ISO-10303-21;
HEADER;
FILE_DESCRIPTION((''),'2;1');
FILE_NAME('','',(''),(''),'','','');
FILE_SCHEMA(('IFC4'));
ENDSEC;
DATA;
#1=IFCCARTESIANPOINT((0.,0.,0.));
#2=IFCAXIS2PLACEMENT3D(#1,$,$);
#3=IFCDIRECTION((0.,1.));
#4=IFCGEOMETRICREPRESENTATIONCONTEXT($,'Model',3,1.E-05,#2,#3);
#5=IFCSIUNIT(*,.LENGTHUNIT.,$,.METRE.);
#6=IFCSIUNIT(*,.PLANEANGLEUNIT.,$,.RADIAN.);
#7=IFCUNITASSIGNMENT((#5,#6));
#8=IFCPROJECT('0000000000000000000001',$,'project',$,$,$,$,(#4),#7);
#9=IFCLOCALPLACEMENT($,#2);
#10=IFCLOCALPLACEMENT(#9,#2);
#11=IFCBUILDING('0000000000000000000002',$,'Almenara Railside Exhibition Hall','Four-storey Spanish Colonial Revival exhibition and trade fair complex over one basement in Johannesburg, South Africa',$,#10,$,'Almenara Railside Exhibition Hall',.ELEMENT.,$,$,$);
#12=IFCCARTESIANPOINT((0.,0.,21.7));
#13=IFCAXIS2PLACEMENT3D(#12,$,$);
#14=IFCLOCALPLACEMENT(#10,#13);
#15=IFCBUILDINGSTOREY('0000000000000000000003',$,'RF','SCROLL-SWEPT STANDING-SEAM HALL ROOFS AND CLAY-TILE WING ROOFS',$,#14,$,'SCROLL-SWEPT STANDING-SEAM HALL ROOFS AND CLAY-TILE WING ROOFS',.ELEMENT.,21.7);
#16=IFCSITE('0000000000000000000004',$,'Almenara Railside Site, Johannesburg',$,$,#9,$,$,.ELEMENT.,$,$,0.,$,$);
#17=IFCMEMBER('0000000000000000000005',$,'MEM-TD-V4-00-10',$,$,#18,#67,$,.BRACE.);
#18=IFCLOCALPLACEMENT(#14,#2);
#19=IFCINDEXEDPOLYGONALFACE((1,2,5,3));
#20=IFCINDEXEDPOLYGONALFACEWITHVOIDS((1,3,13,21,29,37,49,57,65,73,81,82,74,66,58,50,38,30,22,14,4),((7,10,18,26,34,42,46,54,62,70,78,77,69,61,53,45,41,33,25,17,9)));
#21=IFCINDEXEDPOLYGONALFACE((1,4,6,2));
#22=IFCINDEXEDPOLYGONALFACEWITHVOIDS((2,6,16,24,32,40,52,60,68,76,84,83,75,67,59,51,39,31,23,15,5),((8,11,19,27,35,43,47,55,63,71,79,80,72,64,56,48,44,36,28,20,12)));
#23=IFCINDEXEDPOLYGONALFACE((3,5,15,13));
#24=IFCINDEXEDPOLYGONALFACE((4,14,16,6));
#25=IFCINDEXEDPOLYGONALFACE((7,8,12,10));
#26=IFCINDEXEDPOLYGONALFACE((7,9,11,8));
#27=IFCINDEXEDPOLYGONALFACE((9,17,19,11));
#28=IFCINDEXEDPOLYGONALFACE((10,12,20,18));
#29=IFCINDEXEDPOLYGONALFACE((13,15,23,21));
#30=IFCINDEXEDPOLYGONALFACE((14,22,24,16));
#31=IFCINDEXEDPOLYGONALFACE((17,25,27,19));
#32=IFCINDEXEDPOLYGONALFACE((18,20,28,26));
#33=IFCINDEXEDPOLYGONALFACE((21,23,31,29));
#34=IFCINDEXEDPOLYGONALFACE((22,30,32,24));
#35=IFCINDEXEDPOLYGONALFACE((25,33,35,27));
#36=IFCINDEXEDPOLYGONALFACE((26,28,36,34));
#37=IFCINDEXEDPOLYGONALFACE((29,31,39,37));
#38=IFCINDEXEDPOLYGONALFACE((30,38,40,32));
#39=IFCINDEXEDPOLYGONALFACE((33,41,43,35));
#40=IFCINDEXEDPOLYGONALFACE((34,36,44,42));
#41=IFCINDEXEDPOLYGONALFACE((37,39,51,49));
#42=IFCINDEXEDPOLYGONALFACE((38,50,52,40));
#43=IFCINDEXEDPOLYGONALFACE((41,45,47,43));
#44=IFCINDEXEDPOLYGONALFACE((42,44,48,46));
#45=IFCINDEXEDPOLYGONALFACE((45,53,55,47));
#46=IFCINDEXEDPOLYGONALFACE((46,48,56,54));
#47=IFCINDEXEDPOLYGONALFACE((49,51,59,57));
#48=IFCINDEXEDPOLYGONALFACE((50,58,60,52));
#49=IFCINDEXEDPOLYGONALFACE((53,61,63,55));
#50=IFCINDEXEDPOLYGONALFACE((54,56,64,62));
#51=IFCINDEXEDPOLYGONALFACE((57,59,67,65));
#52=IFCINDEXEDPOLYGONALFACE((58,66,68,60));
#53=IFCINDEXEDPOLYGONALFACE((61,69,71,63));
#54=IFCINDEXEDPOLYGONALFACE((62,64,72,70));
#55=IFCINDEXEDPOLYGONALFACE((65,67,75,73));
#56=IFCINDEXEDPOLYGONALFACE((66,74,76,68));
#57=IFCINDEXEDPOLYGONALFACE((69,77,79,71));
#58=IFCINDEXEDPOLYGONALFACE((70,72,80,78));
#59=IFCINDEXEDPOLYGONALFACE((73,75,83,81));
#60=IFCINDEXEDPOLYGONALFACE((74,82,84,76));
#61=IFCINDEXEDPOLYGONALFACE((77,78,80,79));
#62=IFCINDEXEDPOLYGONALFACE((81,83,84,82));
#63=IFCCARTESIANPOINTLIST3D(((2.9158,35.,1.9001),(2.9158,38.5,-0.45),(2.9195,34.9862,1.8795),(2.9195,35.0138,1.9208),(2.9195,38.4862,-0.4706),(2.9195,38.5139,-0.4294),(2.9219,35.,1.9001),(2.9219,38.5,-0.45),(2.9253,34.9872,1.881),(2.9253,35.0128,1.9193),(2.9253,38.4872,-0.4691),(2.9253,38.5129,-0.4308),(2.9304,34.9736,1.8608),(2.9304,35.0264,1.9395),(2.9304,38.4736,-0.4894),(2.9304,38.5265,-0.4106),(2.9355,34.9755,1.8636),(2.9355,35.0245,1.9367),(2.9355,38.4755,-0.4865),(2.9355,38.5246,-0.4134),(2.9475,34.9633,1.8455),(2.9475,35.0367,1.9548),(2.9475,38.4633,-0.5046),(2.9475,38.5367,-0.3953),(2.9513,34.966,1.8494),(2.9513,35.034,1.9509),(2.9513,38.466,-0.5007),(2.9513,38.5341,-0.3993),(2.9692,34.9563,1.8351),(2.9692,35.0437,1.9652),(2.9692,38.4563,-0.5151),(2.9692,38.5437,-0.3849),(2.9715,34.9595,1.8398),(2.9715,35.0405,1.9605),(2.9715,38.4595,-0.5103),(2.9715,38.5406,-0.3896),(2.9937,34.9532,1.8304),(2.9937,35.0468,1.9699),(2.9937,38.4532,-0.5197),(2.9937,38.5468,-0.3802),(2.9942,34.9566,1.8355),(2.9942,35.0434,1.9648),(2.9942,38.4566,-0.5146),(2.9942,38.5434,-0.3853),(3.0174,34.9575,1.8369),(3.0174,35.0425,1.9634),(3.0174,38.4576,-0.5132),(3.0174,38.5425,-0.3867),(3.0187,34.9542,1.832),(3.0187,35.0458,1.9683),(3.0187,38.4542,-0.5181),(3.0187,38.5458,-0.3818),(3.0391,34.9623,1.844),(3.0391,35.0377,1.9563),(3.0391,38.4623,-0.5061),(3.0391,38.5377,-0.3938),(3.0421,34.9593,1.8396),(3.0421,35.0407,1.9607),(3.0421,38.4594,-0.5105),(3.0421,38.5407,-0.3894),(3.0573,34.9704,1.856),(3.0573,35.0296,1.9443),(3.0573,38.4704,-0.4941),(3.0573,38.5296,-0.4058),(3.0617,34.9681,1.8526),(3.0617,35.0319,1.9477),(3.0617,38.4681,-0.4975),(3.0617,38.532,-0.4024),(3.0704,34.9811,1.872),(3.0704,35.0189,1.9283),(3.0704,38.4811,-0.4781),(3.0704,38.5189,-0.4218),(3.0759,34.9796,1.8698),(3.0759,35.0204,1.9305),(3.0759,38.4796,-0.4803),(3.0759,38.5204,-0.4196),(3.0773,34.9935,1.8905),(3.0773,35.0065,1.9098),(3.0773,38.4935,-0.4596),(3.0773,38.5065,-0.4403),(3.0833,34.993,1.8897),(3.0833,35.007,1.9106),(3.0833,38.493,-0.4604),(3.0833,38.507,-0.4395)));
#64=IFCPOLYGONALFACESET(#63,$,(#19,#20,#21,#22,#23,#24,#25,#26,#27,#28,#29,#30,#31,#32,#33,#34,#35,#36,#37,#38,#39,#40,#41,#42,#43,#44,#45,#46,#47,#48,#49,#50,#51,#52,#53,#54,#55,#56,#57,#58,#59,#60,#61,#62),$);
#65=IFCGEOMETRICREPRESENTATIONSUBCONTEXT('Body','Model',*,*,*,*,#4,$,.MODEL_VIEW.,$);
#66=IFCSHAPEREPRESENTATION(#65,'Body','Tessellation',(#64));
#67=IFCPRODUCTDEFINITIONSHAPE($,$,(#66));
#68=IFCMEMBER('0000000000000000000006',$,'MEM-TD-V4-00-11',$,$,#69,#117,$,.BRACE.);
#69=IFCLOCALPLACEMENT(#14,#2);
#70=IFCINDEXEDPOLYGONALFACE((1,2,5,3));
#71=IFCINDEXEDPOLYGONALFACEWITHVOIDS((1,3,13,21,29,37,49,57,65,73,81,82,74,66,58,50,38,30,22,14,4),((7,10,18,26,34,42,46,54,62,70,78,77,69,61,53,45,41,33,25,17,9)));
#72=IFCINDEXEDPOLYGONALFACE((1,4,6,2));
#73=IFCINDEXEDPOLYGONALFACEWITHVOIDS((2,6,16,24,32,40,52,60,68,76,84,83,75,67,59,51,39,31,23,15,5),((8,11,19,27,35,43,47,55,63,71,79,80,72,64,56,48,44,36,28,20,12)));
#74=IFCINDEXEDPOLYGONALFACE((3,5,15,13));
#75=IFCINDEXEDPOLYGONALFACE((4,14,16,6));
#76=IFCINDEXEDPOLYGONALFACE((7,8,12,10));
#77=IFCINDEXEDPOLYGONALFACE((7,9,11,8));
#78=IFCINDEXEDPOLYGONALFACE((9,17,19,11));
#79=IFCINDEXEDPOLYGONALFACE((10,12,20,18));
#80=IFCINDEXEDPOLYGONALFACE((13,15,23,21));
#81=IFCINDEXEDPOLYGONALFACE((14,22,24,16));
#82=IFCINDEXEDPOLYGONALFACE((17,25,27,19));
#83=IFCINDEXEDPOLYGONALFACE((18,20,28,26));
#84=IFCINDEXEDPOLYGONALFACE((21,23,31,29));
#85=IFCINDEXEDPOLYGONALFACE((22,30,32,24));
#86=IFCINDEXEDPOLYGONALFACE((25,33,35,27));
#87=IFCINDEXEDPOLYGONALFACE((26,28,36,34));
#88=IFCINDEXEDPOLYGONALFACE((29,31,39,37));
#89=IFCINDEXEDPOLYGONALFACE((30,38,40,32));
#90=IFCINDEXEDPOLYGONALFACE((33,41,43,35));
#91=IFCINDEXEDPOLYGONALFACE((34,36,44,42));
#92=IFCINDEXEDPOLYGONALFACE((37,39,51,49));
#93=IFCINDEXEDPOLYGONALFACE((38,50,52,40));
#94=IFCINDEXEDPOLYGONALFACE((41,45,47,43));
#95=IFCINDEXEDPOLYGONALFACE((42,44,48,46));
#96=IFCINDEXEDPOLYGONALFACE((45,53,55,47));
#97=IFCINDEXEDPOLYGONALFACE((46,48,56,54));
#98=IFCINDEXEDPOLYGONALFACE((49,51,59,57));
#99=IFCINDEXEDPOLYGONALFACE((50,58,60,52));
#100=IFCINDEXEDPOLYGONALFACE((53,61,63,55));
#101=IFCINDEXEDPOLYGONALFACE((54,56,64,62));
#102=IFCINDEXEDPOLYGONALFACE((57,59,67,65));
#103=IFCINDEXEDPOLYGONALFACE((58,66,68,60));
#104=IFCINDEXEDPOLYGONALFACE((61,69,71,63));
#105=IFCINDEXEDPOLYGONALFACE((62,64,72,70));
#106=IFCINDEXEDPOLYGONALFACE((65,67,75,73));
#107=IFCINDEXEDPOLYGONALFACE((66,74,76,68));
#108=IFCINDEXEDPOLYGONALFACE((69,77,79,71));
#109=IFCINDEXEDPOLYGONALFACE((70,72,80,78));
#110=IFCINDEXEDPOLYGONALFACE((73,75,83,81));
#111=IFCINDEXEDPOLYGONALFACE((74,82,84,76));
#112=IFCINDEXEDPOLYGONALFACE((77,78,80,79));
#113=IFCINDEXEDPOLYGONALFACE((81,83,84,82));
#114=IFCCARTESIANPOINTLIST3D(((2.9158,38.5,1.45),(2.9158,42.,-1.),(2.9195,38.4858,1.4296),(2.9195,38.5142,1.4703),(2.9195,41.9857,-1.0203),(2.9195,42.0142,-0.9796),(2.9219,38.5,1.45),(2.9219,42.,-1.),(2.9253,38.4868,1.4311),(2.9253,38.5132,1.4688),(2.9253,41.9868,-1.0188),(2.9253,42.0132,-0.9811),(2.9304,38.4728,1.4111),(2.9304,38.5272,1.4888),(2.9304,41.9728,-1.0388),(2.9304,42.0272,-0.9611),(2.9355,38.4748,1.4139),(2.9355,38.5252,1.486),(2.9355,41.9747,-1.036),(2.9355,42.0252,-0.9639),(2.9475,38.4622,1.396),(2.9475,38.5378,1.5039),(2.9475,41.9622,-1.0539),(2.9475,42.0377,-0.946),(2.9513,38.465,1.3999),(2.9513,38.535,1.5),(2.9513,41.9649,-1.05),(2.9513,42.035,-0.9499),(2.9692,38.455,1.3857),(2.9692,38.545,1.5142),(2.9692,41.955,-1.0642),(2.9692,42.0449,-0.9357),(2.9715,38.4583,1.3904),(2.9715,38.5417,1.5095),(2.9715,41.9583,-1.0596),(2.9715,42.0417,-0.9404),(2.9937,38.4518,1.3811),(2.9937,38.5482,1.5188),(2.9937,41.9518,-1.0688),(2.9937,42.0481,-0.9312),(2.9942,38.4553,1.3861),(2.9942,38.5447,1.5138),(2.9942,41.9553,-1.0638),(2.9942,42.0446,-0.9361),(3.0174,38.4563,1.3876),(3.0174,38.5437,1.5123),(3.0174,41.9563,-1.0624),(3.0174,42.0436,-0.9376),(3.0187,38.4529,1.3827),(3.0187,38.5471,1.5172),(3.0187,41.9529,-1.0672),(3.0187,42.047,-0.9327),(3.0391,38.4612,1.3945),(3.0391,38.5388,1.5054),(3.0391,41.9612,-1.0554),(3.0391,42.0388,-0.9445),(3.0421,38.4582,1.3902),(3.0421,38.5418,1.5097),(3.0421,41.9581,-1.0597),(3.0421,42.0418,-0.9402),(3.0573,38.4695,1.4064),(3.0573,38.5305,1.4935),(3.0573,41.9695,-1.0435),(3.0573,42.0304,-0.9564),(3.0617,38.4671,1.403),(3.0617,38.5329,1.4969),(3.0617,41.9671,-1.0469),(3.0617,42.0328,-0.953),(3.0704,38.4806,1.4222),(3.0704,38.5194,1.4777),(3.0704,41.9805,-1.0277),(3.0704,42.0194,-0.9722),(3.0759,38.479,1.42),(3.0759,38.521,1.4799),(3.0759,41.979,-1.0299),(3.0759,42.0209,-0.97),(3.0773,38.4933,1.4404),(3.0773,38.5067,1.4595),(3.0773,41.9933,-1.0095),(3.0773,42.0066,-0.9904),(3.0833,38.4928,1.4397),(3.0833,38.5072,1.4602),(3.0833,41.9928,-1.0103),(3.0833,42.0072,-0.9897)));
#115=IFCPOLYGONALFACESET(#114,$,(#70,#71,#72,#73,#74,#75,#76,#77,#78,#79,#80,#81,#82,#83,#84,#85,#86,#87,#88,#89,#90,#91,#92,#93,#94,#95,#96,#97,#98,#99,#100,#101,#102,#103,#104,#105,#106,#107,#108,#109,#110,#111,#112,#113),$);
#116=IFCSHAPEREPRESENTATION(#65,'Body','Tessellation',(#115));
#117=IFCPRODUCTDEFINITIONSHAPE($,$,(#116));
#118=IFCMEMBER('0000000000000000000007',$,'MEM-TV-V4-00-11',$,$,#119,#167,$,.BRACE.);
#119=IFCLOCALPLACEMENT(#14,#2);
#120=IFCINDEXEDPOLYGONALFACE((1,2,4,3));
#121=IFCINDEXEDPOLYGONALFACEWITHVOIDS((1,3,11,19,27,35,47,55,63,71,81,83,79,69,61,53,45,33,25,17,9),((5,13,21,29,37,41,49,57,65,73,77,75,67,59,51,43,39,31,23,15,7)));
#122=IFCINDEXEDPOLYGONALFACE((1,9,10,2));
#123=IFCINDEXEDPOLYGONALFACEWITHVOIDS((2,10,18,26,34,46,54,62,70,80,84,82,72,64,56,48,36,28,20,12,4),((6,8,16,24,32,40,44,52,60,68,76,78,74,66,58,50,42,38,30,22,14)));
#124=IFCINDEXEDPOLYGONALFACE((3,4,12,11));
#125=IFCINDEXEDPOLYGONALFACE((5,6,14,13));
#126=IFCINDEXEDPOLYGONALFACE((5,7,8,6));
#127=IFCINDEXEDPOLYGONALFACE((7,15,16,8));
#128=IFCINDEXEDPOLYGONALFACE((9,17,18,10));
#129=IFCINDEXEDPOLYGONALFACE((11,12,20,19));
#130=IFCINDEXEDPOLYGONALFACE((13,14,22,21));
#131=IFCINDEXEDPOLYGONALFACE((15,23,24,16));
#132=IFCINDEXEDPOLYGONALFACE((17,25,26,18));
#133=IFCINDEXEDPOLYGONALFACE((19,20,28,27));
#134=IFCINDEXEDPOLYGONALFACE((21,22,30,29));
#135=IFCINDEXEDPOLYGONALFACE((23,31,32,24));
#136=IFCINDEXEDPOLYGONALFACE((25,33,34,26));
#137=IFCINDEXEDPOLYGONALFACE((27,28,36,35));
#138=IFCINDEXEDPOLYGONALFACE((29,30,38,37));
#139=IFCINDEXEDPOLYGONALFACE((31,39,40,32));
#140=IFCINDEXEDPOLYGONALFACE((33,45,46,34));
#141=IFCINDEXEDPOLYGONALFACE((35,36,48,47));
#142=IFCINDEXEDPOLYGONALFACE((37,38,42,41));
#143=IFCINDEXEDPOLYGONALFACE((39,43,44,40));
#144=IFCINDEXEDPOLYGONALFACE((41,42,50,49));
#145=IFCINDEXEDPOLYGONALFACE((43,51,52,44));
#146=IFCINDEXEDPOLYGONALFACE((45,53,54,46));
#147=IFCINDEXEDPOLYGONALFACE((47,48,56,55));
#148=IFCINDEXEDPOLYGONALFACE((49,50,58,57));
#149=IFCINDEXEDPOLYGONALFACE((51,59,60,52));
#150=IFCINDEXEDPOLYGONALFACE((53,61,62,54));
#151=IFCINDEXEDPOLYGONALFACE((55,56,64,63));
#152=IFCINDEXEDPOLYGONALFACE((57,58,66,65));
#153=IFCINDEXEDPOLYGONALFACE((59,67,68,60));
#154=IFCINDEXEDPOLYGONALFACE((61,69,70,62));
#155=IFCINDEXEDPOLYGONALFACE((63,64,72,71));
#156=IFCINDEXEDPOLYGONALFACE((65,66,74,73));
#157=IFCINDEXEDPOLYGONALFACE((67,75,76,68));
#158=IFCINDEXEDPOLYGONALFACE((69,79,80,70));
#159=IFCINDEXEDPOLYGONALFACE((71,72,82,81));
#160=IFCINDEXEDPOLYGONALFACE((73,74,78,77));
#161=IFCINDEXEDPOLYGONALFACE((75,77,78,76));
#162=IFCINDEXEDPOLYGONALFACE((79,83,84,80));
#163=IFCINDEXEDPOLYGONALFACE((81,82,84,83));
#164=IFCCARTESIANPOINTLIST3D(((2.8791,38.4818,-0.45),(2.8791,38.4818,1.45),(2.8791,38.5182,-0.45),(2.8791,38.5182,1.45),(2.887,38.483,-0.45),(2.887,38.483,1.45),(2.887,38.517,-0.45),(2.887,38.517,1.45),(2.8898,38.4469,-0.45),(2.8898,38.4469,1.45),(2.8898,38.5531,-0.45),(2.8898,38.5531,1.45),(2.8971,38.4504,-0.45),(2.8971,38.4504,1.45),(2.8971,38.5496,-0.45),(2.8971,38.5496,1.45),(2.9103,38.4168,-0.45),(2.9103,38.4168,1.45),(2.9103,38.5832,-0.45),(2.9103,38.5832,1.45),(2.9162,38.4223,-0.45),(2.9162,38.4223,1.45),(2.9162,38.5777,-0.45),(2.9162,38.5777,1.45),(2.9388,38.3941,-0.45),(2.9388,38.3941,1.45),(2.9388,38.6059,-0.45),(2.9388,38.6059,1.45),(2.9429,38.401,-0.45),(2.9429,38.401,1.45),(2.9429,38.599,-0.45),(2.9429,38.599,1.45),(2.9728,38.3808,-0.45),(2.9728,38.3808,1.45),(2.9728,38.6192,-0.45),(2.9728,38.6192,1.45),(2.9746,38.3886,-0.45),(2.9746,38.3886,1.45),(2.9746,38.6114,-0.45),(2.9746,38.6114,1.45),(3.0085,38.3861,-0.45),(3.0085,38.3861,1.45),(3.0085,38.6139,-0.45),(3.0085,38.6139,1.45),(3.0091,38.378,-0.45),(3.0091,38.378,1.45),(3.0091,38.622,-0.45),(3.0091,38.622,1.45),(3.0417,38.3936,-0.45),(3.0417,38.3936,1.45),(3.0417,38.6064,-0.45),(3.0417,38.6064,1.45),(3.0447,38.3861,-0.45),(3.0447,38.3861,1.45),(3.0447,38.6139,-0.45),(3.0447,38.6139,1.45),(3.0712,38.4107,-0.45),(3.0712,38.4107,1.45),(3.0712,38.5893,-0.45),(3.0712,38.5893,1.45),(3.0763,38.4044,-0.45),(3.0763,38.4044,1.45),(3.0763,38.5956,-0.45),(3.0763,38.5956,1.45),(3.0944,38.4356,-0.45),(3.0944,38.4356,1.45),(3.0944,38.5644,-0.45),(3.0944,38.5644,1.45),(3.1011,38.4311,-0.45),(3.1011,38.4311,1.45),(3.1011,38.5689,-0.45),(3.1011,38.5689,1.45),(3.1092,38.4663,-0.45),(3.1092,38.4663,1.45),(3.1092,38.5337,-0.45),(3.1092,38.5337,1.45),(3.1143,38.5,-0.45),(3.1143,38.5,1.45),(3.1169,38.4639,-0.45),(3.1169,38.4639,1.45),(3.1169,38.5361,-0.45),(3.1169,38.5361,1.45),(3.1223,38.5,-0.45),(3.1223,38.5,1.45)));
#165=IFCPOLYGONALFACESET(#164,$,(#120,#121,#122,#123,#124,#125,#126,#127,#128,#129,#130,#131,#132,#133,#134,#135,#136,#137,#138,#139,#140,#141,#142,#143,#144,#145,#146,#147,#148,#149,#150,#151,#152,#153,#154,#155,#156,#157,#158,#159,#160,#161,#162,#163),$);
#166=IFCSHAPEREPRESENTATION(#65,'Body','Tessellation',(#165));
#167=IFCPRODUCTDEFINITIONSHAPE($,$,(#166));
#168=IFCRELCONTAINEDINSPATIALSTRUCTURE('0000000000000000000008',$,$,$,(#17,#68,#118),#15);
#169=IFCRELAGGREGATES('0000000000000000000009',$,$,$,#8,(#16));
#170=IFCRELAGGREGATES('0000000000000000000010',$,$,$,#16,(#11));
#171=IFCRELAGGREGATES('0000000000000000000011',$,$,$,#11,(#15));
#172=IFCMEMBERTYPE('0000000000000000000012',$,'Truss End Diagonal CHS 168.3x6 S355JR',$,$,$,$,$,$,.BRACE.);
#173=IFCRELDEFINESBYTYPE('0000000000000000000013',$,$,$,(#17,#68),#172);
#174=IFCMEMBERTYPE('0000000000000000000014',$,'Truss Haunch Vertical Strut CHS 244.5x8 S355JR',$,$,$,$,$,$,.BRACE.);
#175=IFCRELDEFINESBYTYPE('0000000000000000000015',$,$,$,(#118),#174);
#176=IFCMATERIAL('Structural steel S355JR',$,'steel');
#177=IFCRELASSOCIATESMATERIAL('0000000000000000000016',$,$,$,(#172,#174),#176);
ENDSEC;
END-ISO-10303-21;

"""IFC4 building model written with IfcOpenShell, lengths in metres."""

from ifc_helpers import new_model, si_unit, direction, frame, origin, origin_2d, place, context, subcontext, project, spatial, hollow_circle, extrude, material, material_profile, profile_set, type_object, element, save


model = new_model("IFC4")

# Units and contexts
model_context = context("Model", 3, precision=1e-05, world=origin(), true_north=direction((0.0, 1.0)))
body_context = subcontext(model_context, "Body", "Model", "MODEL_VIEW")
ifc_project = project(units=[si_unit("LENGTHUNIT", "METRE"), si_unit("PLANEANGLEUNIT", "RADIAN")], contexts=[model_context])

# Site, building, storey
site_placement = place(None, origin())
site = spatial("IfcSite", under=ifc_project, at=site_placement, Name="Almenara Railside Site, Johannesburg", CompositionType="ELEMENT", RefElevation=0.0)
building_placement = place(site_placement, origin())
building = spatial("IfcBuilding", under=site, at=building_placement, Name="Almenara Railside Exhibition Hall", Description="Four-storey Spanish Colonial Revival exhibition and trade fair complex over one basement in Johannesburg, South Africa", LongName="Almenara Railside Exhibition Hall", CompositionType="ELEMENT")
storey_placement = place(building_placement, frame((0.0, 0.0, 21.7)))
storey = spatial("IfcBuildingStorey", under=building, at=storey_placement, Name="RF", Description="SCROLL-SWEPT STANDING-SEAM HALL ROOFS AND CLAY-TILE WING ROOFS", LongName="SCROLL-SWEPT STANDING-SEAM HALL ROOFS AND CLAY-TILE WING ROOFS", CompositionType="ELEMENT", Elevation=21.7)

# Shared definitions
ifc_material_1 = material(Name="Structural steel S355JR", Category="steel")

# Members
ifc_material_profile_1 = material_profile(ifc_material_1, hollow_circle(Radius=0.0842, WallThickness=0.0061, at=origin_2d()), Name="CHS 168.3x6")
ifc_profile_set_1 = profile_set([ifc_material_profile_1], Name="Structural steel S355JR")
member_type_1 = type_object("IfcMemberType", Name="Truss End Diagonal CHS 168.3x6 S355JR", PredefinedType="BRACE", material=ifc_profile_set_1)
member_1_placement = place(storey_placement, frame((3.0, 35.0, 1.9001), z_axis=(0.0, 0.83021, -0.55745), x_axis=(-1.0, 0.0, 0.0)))
element("IfcMember", 1, at=member_1_placement, inside=storey, type_object=member_type_1, Name="MEM-TD-V4-00-10", PredefinedType="BRACE", context=body_context, shape_type="SweptSolid", body=[
    extrude(hollow_circle(Radius=0.0842, WallThickness=0.0061, at=origin_2d()), origin(), (0.0, 0.0, 1.0), 4.2158),
])
member_2_placement = place(storey_placement, frame((3.0, 38.5, 1.45), z_axis=(0.0, 0.819237, -0.573455), x_axis=(-1.0, 0.0, 0.0)))
element("IfcMember", 2, at=member_2_placement, inside=storey, type_object=member_type_1, Name="MEM-TD-V4-00-11", PredefinedType="BRACE", context=body_context, shape_type="SweptSolid", body=[
    extrude(hollow_circle(Radius=0.0842, WallThickness=0.0061, at=origin_2d()), origin(), (0.0, 0.0, 1.0), 4.2722),
])
ifc_material_profile_2 = material_profile(ifc_material_1, hollow_circle(Radius=0.1223, WallThickness=0.0081, at=origin_2d()), Name="CHS 244.5x8")
ifc_profile_set_2 = profile_set([ifc_material_profile_2], Name="Structural steel S355JR")
member_type_2 = type_object("IfcMemberType", Name="Truss Haunch Vertical Strut CHS 244.5x8 S355JR", PredefinedType="BRACE", material=ifc_profile_set_2)
member_3_placement = place(storey_placement, frame((3.0, 38.5, -0.45), z_axis=(0.0, 0.0, 1.0), x_axis=(1.0, 0.0, 0.0)))
element("IfcMember", 3, at=member_3_placement, inside=storey, type_object=member_type_2, Name="MEM-TV-V4-00-11", PredefinedType="BRACE", context=body_context, shape_type="SweptSolid", body=[
    extrude(hollow_circle(Radius=0.1223, WallThickness=0.0081, at=origin_2d()), origin(), (0.0, 0.0, 1.0), 1.8999),
])

save(model, "model.ifc")
